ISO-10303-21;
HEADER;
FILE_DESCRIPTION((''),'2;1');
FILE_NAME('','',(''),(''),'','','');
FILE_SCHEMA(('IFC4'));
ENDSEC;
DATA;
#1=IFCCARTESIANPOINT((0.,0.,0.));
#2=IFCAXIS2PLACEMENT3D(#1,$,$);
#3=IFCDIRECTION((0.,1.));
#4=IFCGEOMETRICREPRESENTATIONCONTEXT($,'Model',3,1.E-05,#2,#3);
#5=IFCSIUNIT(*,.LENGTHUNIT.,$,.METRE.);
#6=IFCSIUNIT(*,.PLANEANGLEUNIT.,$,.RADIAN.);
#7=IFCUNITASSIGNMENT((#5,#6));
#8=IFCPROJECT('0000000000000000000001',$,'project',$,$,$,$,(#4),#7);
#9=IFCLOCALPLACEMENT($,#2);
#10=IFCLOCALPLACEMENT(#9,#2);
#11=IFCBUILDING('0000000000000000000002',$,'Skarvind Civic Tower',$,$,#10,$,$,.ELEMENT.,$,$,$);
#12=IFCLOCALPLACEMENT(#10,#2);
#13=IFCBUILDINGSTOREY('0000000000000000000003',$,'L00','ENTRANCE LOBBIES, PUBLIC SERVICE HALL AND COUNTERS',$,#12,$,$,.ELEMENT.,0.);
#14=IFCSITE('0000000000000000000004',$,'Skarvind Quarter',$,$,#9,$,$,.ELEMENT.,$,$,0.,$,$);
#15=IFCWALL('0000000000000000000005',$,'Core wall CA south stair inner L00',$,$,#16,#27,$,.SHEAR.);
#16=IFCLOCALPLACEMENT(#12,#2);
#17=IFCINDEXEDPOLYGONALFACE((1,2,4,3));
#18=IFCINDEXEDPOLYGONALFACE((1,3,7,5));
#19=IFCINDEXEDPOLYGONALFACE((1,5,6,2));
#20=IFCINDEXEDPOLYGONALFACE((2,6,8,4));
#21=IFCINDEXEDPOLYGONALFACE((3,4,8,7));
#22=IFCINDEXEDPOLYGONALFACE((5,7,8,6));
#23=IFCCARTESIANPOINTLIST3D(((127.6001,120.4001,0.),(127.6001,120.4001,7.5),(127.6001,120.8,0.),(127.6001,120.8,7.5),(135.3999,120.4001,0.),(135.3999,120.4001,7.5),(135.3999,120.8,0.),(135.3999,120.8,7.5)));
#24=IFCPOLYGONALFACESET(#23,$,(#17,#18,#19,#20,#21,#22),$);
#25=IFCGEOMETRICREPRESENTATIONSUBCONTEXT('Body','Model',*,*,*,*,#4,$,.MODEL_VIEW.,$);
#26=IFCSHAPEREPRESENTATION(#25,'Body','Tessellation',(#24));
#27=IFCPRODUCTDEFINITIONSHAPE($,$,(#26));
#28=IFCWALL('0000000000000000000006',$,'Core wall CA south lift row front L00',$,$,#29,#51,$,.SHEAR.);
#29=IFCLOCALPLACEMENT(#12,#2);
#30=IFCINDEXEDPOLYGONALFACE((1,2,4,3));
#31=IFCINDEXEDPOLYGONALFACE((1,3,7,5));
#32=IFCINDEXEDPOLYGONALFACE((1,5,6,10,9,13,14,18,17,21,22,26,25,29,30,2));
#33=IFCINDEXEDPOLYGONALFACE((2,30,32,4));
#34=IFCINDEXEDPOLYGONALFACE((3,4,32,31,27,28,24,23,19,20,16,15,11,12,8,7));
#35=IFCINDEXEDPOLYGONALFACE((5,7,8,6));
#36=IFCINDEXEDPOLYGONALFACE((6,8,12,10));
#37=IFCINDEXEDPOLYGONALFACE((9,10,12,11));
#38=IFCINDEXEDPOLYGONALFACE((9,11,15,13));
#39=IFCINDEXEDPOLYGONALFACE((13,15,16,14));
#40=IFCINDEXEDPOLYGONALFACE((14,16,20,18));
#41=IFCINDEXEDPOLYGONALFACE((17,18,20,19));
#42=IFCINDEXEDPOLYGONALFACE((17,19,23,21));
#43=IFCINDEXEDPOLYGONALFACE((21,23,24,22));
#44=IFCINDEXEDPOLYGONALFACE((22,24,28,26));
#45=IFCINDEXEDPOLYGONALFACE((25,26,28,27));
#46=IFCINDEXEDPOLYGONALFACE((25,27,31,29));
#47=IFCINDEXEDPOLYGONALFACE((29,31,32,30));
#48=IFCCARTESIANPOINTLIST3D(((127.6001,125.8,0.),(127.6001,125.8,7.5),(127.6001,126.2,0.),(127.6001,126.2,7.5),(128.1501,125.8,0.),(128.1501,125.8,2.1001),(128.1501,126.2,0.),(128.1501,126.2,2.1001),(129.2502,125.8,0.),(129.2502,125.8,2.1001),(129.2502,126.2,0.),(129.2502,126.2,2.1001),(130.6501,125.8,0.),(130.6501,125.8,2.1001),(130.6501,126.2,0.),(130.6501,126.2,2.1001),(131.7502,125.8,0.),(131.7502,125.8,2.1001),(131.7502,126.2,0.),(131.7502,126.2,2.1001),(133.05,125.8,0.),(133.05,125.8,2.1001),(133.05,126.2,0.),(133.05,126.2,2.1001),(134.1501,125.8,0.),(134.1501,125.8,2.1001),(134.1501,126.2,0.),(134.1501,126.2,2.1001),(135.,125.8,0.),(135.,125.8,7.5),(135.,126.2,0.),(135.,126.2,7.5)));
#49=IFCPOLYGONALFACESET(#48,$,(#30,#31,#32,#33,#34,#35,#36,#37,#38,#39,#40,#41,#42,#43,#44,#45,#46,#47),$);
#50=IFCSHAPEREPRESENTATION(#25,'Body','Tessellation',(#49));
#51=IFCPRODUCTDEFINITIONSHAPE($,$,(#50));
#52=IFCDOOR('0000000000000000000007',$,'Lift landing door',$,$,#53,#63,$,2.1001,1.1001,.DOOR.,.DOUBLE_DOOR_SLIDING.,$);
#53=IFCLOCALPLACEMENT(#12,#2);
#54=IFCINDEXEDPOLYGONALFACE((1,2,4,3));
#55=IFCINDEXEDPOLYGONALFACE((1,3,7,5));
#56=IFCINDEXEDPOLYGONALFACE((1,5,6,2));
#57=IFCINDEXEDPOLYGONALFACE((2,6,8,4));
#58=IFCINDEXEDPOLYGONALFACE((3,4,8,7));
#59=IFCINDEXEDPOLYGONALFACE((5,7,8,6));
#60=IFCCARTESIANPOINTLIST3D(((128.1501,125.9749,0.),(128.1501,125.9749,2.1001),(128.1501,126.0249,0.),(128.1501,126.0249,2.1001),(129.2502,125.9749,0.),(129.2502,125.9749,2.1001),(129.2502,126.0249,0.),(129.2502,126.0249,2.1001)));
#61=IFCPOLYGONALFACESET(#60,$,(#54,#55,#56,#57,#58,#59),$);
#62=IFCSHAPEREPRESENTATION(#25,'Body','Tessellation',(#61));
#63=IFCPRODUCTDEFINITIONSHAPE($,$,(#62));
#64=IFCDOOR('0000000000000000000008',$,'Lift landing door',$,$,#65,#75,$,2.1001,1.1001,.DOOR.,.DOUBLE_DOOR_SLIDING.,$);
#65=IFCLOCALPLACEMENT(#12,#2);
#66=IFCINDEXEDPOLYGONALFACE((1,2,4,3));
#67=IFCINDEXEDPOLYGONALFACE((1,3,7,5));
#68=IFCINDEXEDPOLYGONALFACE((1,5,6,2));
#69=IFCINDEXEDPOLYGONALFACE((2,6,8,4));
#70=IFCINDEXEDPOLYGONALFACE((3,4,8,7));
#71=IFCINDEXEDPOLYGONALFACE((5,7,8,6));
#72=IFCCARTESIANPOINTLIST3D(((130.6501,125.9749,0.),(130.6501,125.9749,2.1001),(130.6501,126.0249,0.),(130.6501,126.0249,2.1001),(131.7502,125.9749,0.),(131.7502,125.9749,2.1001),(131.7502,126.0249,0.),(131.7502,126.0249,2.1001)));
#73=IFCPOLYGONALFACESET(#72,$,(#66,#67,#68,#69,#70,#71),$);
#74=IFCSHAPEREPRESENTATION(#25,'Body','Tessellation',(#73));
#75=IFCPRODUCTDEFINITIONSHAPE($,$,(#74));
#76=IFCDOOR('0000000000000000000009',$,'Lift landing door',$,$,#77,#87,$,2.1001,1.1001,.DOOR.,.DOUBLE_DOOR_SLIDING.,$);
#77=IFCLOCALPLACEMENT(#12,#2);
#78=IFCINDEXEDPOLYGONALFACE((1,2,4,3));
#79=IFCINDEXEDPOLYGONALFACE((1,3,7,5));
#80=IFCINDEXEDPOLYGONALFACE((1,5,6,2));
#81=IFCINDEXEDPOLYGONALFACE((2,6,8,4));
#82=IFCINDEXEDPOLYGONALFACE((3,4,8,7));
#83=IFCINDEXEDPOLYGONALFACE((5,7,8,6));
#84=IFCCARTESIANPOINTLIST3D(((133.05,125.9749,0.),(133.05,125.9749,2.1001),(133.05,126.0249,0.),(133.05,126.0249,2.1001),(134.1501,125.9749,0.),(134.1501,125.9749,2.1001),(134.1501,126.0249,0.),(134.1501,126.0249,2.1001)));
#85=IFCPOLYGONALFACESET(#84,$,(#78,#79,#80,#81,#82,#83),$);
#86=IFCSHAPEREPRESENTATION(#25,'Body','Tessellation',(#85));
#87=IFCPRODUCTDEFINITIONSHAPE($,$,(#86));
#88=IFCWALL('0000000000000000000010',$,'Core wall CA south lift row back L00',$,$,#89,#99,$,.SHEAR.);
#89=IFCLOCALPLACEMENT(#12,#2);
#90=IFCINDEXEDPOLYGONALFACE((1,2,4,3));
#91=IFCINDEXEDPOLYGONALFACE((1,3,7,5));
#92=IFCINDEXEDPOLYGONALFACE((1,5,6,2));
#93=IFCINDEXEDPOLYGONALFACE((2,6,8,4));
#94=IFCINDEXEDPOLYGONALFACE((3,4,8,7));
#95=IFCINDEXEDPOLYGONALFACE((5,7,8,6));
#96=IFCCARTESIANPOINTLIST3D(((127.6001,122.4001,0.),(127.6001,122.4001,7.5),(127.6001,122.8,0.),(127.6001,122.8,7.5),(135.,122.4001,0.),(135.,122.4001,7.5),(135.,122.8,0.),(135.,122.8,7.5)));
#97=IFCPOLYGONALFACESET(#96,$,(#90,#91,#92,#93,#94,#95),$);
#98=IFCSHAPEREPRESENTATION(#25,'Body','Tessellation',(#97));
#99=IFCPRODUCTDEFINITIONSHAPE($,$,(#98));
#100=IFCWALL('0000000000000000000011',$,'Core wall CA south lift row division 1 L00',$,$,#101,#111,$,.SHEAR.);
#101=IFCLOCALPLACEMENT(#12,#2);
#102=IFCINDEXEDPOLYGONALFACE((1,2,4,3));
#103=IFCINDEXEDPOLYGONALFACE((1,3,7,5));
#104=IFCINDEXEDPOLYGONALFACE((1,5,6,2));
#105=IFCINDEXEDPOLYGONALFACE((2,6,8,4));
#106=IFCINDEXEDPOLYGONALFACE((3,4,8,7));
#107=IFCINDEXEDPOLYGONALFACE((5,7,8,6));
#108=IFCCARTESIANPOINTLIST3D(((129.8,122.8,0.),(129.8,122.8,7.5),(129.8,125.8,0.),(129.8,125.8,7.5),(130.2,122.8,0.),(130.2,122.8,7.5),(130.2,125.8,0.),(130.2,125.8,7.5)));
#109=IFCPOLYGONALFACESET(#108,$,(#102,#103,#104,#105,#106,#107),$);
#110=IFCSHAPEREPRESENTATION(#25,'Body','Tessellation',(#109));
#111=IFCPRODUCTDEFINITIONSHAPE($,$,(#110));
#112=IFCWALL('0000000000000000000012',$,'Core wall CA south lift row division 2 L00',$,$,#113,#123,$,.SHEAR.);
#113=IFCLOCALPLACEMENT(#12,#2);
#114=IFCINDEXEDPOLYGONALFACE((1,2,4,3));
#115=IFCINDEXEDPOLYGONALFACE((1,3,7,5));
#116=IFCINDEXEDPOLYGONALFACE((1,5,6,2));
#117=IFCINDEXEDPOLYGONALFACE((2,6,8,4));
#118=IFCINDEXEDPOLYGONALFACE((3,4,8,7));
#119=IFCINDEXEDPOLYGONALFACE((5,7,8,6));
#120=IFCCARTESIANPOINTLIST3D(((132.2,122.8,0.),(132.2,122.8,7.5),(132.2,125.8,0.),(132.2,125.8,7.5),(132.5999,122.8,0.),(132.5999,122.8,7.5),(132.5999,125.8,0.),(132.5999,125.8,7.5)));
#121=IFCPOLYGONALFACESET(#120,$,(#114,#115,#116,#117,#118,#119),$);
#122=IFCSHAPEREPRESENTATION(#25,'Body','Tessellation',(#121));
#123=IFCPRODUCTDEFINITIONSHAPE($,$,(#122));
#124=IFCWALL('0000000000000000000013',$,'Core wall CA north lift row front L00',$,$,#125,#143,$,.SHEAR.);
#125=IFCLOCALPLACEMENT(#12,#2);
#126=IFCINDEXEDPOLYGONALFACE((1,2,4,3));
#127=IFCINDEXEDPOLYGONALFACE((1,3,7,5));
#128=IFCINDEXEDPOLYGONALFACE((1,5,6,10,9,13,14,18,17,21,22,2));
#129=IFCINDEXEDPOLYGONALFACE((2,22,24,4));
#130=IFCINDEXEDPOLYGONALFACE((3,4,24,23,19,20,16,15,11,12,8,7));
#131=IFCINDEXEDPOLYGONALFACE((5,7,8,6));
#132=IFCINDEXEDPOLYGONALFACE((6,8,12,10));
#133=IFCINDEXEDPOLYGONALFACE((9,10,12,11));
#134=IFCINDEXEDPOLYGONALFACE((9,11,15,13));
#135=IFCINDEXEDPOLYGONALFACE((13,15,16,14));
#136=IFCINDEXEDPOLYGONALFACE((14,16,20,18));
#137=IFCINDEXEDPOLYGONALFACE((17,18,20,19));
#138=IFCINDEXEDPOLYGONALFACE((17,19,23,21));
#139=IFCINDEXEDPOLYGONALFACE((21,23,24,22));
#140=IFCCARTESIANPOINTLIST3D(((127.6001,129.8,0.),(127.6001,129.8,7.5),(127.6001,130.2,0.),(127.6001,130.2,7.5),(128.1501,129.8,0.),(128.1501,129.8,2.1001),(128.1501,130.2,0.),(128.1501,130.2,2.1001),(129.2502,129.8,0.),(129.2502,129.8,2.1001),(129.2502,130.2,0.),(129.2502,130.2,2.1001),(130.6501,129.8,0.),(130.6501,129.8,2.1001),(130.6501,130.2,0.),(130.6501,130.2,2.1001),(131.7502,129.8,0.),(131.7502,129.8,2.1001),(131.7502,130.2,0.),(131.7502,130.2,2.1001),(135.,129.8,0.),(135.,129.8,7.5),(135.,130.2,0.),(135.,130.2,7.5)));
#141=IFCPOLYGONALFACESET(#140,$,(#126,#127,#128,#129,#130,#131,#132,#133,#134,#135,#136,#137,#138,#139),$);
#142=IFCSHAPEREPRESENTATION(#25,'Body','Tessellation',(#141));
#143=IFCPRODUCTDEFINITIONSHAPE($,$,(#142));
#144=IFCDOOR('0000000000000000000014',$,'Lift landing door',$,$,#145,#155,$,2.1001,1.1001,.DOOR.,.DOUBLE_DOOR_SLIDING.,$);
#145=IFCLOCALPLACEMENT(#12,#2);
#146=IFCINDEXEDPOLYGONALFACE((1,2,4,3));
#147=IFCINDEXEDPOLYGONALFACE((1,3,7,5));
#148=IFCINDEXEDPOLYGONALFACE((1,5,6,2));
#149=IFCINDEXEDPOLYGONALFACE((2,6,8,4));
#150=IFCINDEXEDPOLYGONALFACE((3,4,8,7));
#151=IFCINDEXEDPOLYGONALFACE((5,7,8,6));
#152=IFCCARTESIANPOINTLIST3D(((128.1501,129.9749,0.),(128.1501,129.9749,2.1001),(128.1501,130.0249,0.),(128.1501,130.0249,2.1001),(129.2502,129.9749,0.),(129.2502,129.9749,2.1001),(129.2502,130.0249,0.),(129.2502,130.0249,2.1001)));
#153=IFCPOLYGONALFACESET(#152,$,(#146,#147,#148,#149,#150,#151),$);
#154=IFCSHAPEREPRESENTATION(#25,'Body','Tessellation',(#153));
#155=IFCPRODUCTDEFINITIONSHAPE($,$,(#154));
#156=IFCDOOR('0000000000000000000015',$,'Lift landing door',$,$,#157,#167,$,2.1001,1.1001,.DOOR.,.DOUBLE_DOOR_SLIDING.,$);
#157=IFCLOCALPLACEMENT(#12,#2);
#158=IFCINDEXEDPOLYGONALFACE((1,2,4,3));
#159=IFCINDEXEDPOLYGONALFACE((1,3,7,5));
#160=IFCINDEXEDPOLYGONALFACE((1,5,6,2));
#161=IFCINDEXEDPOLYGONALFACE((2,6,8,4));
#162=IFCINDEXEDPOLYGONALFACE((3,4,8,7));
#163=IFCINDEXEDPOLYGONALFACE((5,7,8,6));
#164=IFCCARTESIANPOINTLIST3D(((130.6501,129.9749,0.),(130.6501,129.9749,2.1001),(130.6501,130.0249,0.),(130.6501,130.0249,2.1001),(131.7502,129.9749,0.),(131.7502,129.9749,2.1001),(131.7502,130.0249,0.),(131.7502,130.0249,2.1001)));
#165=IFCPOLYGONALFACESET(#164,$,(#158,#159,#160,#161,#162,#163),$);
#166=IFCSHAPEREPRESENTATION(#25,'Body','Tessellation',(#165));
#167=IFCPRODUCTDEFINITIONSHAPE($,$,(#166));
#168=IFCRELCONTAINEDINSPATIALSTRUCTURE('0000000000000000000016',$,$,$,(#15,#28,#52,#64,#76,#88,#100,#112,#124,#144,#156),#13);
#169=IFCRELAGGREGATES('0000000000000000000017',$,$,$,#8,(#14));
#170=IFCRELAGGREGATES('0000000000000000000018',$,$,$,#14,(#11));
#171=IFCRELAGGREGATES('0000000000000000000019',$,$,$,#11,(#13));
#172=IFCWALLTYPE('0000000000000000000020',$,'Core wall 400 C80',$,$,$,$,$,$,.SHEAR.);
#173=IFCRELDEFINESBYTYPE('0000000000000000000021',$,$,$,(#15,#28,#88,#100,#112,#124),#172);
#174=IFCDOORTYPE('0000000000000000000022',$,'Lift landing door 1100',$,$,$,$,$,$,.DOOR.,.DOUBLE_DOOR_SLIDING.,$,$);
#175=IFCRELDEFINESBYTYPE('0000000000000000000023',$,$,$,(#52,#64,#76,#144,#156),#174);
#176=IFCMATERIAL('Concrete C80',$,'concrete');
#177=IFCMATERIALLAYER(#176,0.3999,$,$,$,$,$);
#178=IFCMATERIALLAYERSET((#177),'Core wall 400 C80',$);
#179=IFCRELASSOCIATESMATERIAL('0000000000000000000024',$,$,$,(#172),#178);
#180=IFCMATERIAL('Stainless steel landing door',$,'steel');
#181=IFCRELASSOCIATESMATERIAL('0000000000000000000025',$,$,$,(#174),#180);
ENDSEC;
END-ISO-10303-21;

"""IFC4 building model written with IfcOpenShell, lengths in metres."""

from ifc_helpers import new_model, si_unit, direction, frame, frame_2d, origin, place, context, subcontext, project, spatial, rectangle, extrude, material, layer, layer_set, type_object, element, fill, save


model = new_model("IFC4")

# Units and contexts
model_context = context("Model", 3, precision=1e-05, world=origin(), true_north=direction((0.0, 1.0)))
body_context = subcontext(model_context, "Body", "Model", "MODEL_VIEW")
ifc_project = project(units=[si_unit("LENGTHUNIT", "METRE"), si_unit("PLANEANGLEUNIT", "RADIAN")], contexts=[model_context])

# Site, building, storey
site_placement = place(None, origin())
site = spatial("IfcSite", under=ifc_project, at=site_placement, Name="Skarvind Quarter", CompositionType="ELEMENT", RefElevation=0.0)
building_placement = place(site_placement, origin())
building = spatial("IfcBuilding", under=site, at=building_placement, Name="Skarvind Civic Tower", CompositionType="ELEMENT")
storey_placement = place(building_placement, origin())
storey = spatial("IfcBuildingStorey", under=building, at=storey_placement, Name="L00", Description="ENTRANCE LOBBIES, PUBLIC SERVICE HALL AND COUNTERS", CompositionType="ELEMENT", Elevation=0.0)

# Wall
ifc_material_1 = material(Name="Concrete C80", Category="concrete")
ifc_layer_1 = layer(ifc_material_1, 0.3999)
ifc_layer_set_1 = layer_set([ifc_layer_1], Name="Core wall 400 C80")
wall_type_1 = type_object("IfcWallType", Name="Core wall 400 C80", PredefinedType="SHEAR", material=ifc_layer_set_1)
wall_1_placement = place(storey_placement, frame((127.6001, 120.6001, 0.0), z_axis=(0.0, 0.0, 1.0), x_axis=(1.0, 0.0, 0.0)))
element("IfcWall", 1, at=wall_1_placement, inside=storey, type_object=wall_type_1, Name="Core wall CA south stair inner L00", PredefinedType="SHEAR", context=body_context, shape_type="SweptSolid", body=[
    extrude(rectangle(XDim=7.7998, YDim=0.3999, at=frame_2d((3.8999, 0.0))), origin(), (0.0, 0.0, 1.0), 7.5),
])

# Wall, openings, doors
wall_2_placement = place(storey_placement, frame((127.6001, 126.0, 0.0), z_axis=(0.0, 0.0, 1.0), x_axis=(1.0, 0.0, 0.0)))
wall_2 = element("IfcWall", 2, at=wall_2_placement, inside=storey, type_object=wall_type_1, Name="Core wall CA south lift row front L00", PredefinedType="SHEAR", context=body_context, shape_type="SweptSolid", body=[
    extrude(rectangle(XDim=7.3999, YDim=0.3999, at=frame_2d((3.7, 0.0))), origin(), (0.0, 0.0, 1.0), 7.5),
])
opening_1_placement = place(wall_2_placement, frame((0.55, 0.0, 0.0)))
opening_1 = element("IfcOpeningElement", 3, at=opening_1_placement, cuts=wall_2, PredefinedType="OPENING", context=body_context, shape_type="SweptSolid", body=[
    extrude(rectangle(XDim=1.1001, YDim=2.1001, at=frame_2d((0.55, 1.05))), frame((0.0, 0.21, 0.0), z_axis=(0.0, -1.0, 0.0), x_axis=(1.0, 0.0, 0.0)), (0.0, 0.0, 1.0), 0.4199),
])
opening_2_placement = place(wall_2_placement, frame((3.05, 0.0, 0.0)))
opening_2 = element("IfcOpeningElement", 4, at=opening_2_placement, cuts=wall_2, PredefinedType="OPENING", context=body_context, shape_type="SweptSolid", body=[
    extrude(rectangle(XDim=1.1001, YDim=2.1001, at=frame_2d((0.55, 1.05))), frame((0.0, 0.21, 0.0), z_axis=(0.0, -1.0, 0.0), x_axis=(1.0, 0.0, 0.0)), (0.0, 0.0, 1.0), 0.4199),
])
opening_3_placement = place(wall_2_placement, frame((5.45, 0.0, 0.0)))
opening_3 = element("IfcOpeningElement", 5, at=opening_3_placement, cuts=wall_2, PredefinedType="OPENING", context=body_context, shape_type="SweptSolid", body=[
    extrude(rectangle(XDim=1.1001, YDim=2.1001, at=frame_2d((0.55, 1.05))), frame((0.0, 0.21, 0.0), z_axis=(0.0, -1.0, 0.0), x_axis=(1.0, 0.0, 0.0)), (0.0, 0.0, 1.0), 0.4199),
])
ifc_material_2 = material(Name="Stainless steel landing door", Category="steel")
door_type_1 = type_object("IfcDoorType", Name="Lift landing door 1100", OperationType="DOUBLE_DOOR_SLIDING", PredefinedType="DOOR", material=ifc_material_2)
door_1_placement = place(opening_1_placement, origin())
door_1 = element("IfcDoor", 6, at=door_1_placement, inside=storey, type_object=door_type_1, Name="Lift landing door", OperationType="DOUBLE_DOOR_SLIDING", OverallHeight=2.1001, OverallWidth=1.1001, PredefinedType="DOOR", context=body_context, shape_type="SweptSolid", body=[
    extrude(rectangle(XDim=1.1001, YDim=2.1001, at=frame_2d((0.55, 1.05))), frame((0.0, 0.0249, 0.0), z_axis=(0.0, -1.0, 0.0), x_axis=(1.0, 0.0, 0.0)), (0.0, 0.0, 1.0), 0.05),
])
fill(opening_1, door_1)
door_2_placement = place(opening_2_placement, origin())
door_2 = element("IfcDoor", 7, at=door_2_placement, inside=storey, type_object=door_type_1, Name="Lift landing door", OperationType="DOUBLE_DOOR_SLIDING", OverallHeight=2.1001, OverallWidth=1.1001, PredefinedType="DOOR", context=body_context, shape_type="SweptSolid", body=[
    extrude(rectangle(XDim=1.1001, YDim=2.1001, at=frame_2d((0.55, 1.05))), frame((0.0, 0.0249, 0.0), z_axis=(0.0, -1.0, 0.0), x_axis=(1.0, 0.0, 0.0)), (0.0, 0.0, 1.0), 0.05),
])
fill(opening_2, door_2)
door_3_placement = place(opening_3_placement, origin())
door_3 = element("IfcDoor", 8, at=door_3_placement, inside=storey, type_object=door_type_1, Name="Lift landing door", OperationType="DOUBLE_DOOR_SLIDING", OverallHeight=2.1001, OverallWidth=1.1001, PredefinedType="DOOR", context=body_context, shape_type="SweptSolid", body=[
    extrude(rectangle(XDim=1.1001, YDim=2.1001, at=frame_2d((0.55, 1.05))), frame((0.0, 0.0249, 0.0), z_axis=(0.0, -1.0, 0.0), x_axis=(1.0, 0.0, 0.0)), (0.0, 0.0, 1.0), 0.05),
])
fill(opening_3, door_3)

# Walls
wall_3_placement = place(storey_placement, frame((127.6001, 122.6001, 0.0), z_axis=(0.0, 0.0, 1.0), x_axis=(1.0, 0.0, 0.0)))
element("IfcWall", 9, at=wall_3_placement, inside=storey, type_object=wall_type_1, Name="Core wall CA south lift row back L00", PredefinedType="SHEAR", context=body_context, shape_type="SweptSolid", body=[
    extrude(rectangle(XDim=7.3999, YDim=0.3999, at=frame_2d((3.7, 0.0))), origin(), (0.0, 0.0, 1.0), 7.5),
])
for number, where, z_axis, x_axis, name in (
    (10, (130.0, 122.8, 0.0), (0.0, 0.0, 1.0), (0.0, 1.0, 0.0), "Core wall CA south lift row division 1 L00"),
    (11, (132.3999, 122.8, 0.0), (0.0, 0.0, 1.0), (0.0, 1.0, 0.0), "Core wall CA south lift row division 2 L00"),
):
    element("IfcWall", number, at=place(storey_placement, frame(where, z_axis=z_axis, x_axis=x_axis)), inside=storey, type_object=wall_type_1, Name=name, PredefinedType="SHEAR", context=body_context, shape_type="SweptSolid", body=[
        extrude(rectangle(XDim=3.0, YDim=0.3999, at=frame_2d((1.5, 0.0))), origin(), (0.0, 0.0, 1.0), 7.5),
    ])

# Wall, openings, doors
wall_4_placement = place(storey_placement, frame((127.6001, 130.0, 0.0), z_axis=(0.0, 0.0, 1.0), x_axis=(1.0, 0.0, 0.0)))
wall_4 = element("IfcWall", 12, at=wall_4_placement, inside=storey, type_object=wall_type_1, Name="Core wall CA north lift row front L00", PredefinedType="SHEAR", context=body_context, shape_type="SweptSolid", body=[
    extrude(rectangle(XDim=7.3999, YDim=0.3999, at=frame_2d((3.7, 0.0))), origin(), (0.0, 0.0, 1.0), 7.5),
])
opening_4_placement = place(wall_4_placement, frame((0.55, 0.0, 0.0)))
opening_4 = element("IfcOpeningElement", 13, at=opening_4_placement, cuts=wall_4, PredefinedType="OPENING", context=body_context, shape_type="SweptSolid", body=[
    extrude(rectangle(XDim=1.1001, YDim=2.1001, at=frame_2d((0.55, 1.05))), frame((0.0, 0.21, 0.0), z_axis=(0.0, -1.0, 0.0), x_axis=(1.0, 0.0, 0.0)), (0.0, 0.0, 1.0), 0.4199),
])
opening_5_placement = place(wall_4_placement, frame((3.05, 0.0, 0.0)))
opening_5 = element("IfcOpeningElement", 14, at=opening_5_placement, cuts=wall_4, PredefinedType="OPENING", context=body_context, shape_type="SweptSolid", body=[
    extrude(rectangle(XDim=1.1001, YDim=2.1001, at=frame_2d((0.55, 1.05))), frame((0.0, 0.21, 0.0), z_axis=(0.0, -1.0, 0.0), x_axis=(1.0, 0.0, 0.0)), (0.0, 0.0, 1.0), 0.4199),
])
door_4_placement = place(opening_4_placement, origin())
door_4 = element("IfcDoor", 15, at=door_4_placement, inside=storey, type_object=door_type_1, Name="Lift landing door", OperationType="DOUBLE_DOOR_SLIDING", OverallHeight=2.1001, OverallWidth=1.1001, PredefinedType="DOOR", context=body_context, shape_type="SweptSolid", body=[
    extrude(rectangle(XDim=1.1001, YDim=2.1001, at=frame_2d((0.55, 1.05))), frame((0.0, 0.0249, 0.0), z_axis=(0.0, -1.0, 0.0), x_axis=(1.0, 0.0, 0.0)), (0.0, 0.0, 1.0), 0.05),
])
fill(opening_4, door_4)
door_5_placement = place(opening_5_placement, origin())
door_5 = element("IfcDoor", 16, at=door_5_placement, inside=storey, type_object=door_type_1, Name="Lift landing door", OperationType="DOUBLE_DOOR_SLIDING", OverallHeight=2.1001, OverallWidth=1.1001, PredefinedType="DOOR", context=body_context, shape_type="SweptSolid", body=[
    extrude(rectangle(XDim=1.1001, YDim=2.1001, at=frame_2d((0.55, 1.05))), frame((0.0, 0.0249, 0.0), z_axis=(0.0, -1.0, 0.0), x_axis=(1.0, 0.0, 0.0)), (0.0, 0.0, 1.0), 0.05),
])
fill(opening_5, door_5)

save(model, "model.ifc")
